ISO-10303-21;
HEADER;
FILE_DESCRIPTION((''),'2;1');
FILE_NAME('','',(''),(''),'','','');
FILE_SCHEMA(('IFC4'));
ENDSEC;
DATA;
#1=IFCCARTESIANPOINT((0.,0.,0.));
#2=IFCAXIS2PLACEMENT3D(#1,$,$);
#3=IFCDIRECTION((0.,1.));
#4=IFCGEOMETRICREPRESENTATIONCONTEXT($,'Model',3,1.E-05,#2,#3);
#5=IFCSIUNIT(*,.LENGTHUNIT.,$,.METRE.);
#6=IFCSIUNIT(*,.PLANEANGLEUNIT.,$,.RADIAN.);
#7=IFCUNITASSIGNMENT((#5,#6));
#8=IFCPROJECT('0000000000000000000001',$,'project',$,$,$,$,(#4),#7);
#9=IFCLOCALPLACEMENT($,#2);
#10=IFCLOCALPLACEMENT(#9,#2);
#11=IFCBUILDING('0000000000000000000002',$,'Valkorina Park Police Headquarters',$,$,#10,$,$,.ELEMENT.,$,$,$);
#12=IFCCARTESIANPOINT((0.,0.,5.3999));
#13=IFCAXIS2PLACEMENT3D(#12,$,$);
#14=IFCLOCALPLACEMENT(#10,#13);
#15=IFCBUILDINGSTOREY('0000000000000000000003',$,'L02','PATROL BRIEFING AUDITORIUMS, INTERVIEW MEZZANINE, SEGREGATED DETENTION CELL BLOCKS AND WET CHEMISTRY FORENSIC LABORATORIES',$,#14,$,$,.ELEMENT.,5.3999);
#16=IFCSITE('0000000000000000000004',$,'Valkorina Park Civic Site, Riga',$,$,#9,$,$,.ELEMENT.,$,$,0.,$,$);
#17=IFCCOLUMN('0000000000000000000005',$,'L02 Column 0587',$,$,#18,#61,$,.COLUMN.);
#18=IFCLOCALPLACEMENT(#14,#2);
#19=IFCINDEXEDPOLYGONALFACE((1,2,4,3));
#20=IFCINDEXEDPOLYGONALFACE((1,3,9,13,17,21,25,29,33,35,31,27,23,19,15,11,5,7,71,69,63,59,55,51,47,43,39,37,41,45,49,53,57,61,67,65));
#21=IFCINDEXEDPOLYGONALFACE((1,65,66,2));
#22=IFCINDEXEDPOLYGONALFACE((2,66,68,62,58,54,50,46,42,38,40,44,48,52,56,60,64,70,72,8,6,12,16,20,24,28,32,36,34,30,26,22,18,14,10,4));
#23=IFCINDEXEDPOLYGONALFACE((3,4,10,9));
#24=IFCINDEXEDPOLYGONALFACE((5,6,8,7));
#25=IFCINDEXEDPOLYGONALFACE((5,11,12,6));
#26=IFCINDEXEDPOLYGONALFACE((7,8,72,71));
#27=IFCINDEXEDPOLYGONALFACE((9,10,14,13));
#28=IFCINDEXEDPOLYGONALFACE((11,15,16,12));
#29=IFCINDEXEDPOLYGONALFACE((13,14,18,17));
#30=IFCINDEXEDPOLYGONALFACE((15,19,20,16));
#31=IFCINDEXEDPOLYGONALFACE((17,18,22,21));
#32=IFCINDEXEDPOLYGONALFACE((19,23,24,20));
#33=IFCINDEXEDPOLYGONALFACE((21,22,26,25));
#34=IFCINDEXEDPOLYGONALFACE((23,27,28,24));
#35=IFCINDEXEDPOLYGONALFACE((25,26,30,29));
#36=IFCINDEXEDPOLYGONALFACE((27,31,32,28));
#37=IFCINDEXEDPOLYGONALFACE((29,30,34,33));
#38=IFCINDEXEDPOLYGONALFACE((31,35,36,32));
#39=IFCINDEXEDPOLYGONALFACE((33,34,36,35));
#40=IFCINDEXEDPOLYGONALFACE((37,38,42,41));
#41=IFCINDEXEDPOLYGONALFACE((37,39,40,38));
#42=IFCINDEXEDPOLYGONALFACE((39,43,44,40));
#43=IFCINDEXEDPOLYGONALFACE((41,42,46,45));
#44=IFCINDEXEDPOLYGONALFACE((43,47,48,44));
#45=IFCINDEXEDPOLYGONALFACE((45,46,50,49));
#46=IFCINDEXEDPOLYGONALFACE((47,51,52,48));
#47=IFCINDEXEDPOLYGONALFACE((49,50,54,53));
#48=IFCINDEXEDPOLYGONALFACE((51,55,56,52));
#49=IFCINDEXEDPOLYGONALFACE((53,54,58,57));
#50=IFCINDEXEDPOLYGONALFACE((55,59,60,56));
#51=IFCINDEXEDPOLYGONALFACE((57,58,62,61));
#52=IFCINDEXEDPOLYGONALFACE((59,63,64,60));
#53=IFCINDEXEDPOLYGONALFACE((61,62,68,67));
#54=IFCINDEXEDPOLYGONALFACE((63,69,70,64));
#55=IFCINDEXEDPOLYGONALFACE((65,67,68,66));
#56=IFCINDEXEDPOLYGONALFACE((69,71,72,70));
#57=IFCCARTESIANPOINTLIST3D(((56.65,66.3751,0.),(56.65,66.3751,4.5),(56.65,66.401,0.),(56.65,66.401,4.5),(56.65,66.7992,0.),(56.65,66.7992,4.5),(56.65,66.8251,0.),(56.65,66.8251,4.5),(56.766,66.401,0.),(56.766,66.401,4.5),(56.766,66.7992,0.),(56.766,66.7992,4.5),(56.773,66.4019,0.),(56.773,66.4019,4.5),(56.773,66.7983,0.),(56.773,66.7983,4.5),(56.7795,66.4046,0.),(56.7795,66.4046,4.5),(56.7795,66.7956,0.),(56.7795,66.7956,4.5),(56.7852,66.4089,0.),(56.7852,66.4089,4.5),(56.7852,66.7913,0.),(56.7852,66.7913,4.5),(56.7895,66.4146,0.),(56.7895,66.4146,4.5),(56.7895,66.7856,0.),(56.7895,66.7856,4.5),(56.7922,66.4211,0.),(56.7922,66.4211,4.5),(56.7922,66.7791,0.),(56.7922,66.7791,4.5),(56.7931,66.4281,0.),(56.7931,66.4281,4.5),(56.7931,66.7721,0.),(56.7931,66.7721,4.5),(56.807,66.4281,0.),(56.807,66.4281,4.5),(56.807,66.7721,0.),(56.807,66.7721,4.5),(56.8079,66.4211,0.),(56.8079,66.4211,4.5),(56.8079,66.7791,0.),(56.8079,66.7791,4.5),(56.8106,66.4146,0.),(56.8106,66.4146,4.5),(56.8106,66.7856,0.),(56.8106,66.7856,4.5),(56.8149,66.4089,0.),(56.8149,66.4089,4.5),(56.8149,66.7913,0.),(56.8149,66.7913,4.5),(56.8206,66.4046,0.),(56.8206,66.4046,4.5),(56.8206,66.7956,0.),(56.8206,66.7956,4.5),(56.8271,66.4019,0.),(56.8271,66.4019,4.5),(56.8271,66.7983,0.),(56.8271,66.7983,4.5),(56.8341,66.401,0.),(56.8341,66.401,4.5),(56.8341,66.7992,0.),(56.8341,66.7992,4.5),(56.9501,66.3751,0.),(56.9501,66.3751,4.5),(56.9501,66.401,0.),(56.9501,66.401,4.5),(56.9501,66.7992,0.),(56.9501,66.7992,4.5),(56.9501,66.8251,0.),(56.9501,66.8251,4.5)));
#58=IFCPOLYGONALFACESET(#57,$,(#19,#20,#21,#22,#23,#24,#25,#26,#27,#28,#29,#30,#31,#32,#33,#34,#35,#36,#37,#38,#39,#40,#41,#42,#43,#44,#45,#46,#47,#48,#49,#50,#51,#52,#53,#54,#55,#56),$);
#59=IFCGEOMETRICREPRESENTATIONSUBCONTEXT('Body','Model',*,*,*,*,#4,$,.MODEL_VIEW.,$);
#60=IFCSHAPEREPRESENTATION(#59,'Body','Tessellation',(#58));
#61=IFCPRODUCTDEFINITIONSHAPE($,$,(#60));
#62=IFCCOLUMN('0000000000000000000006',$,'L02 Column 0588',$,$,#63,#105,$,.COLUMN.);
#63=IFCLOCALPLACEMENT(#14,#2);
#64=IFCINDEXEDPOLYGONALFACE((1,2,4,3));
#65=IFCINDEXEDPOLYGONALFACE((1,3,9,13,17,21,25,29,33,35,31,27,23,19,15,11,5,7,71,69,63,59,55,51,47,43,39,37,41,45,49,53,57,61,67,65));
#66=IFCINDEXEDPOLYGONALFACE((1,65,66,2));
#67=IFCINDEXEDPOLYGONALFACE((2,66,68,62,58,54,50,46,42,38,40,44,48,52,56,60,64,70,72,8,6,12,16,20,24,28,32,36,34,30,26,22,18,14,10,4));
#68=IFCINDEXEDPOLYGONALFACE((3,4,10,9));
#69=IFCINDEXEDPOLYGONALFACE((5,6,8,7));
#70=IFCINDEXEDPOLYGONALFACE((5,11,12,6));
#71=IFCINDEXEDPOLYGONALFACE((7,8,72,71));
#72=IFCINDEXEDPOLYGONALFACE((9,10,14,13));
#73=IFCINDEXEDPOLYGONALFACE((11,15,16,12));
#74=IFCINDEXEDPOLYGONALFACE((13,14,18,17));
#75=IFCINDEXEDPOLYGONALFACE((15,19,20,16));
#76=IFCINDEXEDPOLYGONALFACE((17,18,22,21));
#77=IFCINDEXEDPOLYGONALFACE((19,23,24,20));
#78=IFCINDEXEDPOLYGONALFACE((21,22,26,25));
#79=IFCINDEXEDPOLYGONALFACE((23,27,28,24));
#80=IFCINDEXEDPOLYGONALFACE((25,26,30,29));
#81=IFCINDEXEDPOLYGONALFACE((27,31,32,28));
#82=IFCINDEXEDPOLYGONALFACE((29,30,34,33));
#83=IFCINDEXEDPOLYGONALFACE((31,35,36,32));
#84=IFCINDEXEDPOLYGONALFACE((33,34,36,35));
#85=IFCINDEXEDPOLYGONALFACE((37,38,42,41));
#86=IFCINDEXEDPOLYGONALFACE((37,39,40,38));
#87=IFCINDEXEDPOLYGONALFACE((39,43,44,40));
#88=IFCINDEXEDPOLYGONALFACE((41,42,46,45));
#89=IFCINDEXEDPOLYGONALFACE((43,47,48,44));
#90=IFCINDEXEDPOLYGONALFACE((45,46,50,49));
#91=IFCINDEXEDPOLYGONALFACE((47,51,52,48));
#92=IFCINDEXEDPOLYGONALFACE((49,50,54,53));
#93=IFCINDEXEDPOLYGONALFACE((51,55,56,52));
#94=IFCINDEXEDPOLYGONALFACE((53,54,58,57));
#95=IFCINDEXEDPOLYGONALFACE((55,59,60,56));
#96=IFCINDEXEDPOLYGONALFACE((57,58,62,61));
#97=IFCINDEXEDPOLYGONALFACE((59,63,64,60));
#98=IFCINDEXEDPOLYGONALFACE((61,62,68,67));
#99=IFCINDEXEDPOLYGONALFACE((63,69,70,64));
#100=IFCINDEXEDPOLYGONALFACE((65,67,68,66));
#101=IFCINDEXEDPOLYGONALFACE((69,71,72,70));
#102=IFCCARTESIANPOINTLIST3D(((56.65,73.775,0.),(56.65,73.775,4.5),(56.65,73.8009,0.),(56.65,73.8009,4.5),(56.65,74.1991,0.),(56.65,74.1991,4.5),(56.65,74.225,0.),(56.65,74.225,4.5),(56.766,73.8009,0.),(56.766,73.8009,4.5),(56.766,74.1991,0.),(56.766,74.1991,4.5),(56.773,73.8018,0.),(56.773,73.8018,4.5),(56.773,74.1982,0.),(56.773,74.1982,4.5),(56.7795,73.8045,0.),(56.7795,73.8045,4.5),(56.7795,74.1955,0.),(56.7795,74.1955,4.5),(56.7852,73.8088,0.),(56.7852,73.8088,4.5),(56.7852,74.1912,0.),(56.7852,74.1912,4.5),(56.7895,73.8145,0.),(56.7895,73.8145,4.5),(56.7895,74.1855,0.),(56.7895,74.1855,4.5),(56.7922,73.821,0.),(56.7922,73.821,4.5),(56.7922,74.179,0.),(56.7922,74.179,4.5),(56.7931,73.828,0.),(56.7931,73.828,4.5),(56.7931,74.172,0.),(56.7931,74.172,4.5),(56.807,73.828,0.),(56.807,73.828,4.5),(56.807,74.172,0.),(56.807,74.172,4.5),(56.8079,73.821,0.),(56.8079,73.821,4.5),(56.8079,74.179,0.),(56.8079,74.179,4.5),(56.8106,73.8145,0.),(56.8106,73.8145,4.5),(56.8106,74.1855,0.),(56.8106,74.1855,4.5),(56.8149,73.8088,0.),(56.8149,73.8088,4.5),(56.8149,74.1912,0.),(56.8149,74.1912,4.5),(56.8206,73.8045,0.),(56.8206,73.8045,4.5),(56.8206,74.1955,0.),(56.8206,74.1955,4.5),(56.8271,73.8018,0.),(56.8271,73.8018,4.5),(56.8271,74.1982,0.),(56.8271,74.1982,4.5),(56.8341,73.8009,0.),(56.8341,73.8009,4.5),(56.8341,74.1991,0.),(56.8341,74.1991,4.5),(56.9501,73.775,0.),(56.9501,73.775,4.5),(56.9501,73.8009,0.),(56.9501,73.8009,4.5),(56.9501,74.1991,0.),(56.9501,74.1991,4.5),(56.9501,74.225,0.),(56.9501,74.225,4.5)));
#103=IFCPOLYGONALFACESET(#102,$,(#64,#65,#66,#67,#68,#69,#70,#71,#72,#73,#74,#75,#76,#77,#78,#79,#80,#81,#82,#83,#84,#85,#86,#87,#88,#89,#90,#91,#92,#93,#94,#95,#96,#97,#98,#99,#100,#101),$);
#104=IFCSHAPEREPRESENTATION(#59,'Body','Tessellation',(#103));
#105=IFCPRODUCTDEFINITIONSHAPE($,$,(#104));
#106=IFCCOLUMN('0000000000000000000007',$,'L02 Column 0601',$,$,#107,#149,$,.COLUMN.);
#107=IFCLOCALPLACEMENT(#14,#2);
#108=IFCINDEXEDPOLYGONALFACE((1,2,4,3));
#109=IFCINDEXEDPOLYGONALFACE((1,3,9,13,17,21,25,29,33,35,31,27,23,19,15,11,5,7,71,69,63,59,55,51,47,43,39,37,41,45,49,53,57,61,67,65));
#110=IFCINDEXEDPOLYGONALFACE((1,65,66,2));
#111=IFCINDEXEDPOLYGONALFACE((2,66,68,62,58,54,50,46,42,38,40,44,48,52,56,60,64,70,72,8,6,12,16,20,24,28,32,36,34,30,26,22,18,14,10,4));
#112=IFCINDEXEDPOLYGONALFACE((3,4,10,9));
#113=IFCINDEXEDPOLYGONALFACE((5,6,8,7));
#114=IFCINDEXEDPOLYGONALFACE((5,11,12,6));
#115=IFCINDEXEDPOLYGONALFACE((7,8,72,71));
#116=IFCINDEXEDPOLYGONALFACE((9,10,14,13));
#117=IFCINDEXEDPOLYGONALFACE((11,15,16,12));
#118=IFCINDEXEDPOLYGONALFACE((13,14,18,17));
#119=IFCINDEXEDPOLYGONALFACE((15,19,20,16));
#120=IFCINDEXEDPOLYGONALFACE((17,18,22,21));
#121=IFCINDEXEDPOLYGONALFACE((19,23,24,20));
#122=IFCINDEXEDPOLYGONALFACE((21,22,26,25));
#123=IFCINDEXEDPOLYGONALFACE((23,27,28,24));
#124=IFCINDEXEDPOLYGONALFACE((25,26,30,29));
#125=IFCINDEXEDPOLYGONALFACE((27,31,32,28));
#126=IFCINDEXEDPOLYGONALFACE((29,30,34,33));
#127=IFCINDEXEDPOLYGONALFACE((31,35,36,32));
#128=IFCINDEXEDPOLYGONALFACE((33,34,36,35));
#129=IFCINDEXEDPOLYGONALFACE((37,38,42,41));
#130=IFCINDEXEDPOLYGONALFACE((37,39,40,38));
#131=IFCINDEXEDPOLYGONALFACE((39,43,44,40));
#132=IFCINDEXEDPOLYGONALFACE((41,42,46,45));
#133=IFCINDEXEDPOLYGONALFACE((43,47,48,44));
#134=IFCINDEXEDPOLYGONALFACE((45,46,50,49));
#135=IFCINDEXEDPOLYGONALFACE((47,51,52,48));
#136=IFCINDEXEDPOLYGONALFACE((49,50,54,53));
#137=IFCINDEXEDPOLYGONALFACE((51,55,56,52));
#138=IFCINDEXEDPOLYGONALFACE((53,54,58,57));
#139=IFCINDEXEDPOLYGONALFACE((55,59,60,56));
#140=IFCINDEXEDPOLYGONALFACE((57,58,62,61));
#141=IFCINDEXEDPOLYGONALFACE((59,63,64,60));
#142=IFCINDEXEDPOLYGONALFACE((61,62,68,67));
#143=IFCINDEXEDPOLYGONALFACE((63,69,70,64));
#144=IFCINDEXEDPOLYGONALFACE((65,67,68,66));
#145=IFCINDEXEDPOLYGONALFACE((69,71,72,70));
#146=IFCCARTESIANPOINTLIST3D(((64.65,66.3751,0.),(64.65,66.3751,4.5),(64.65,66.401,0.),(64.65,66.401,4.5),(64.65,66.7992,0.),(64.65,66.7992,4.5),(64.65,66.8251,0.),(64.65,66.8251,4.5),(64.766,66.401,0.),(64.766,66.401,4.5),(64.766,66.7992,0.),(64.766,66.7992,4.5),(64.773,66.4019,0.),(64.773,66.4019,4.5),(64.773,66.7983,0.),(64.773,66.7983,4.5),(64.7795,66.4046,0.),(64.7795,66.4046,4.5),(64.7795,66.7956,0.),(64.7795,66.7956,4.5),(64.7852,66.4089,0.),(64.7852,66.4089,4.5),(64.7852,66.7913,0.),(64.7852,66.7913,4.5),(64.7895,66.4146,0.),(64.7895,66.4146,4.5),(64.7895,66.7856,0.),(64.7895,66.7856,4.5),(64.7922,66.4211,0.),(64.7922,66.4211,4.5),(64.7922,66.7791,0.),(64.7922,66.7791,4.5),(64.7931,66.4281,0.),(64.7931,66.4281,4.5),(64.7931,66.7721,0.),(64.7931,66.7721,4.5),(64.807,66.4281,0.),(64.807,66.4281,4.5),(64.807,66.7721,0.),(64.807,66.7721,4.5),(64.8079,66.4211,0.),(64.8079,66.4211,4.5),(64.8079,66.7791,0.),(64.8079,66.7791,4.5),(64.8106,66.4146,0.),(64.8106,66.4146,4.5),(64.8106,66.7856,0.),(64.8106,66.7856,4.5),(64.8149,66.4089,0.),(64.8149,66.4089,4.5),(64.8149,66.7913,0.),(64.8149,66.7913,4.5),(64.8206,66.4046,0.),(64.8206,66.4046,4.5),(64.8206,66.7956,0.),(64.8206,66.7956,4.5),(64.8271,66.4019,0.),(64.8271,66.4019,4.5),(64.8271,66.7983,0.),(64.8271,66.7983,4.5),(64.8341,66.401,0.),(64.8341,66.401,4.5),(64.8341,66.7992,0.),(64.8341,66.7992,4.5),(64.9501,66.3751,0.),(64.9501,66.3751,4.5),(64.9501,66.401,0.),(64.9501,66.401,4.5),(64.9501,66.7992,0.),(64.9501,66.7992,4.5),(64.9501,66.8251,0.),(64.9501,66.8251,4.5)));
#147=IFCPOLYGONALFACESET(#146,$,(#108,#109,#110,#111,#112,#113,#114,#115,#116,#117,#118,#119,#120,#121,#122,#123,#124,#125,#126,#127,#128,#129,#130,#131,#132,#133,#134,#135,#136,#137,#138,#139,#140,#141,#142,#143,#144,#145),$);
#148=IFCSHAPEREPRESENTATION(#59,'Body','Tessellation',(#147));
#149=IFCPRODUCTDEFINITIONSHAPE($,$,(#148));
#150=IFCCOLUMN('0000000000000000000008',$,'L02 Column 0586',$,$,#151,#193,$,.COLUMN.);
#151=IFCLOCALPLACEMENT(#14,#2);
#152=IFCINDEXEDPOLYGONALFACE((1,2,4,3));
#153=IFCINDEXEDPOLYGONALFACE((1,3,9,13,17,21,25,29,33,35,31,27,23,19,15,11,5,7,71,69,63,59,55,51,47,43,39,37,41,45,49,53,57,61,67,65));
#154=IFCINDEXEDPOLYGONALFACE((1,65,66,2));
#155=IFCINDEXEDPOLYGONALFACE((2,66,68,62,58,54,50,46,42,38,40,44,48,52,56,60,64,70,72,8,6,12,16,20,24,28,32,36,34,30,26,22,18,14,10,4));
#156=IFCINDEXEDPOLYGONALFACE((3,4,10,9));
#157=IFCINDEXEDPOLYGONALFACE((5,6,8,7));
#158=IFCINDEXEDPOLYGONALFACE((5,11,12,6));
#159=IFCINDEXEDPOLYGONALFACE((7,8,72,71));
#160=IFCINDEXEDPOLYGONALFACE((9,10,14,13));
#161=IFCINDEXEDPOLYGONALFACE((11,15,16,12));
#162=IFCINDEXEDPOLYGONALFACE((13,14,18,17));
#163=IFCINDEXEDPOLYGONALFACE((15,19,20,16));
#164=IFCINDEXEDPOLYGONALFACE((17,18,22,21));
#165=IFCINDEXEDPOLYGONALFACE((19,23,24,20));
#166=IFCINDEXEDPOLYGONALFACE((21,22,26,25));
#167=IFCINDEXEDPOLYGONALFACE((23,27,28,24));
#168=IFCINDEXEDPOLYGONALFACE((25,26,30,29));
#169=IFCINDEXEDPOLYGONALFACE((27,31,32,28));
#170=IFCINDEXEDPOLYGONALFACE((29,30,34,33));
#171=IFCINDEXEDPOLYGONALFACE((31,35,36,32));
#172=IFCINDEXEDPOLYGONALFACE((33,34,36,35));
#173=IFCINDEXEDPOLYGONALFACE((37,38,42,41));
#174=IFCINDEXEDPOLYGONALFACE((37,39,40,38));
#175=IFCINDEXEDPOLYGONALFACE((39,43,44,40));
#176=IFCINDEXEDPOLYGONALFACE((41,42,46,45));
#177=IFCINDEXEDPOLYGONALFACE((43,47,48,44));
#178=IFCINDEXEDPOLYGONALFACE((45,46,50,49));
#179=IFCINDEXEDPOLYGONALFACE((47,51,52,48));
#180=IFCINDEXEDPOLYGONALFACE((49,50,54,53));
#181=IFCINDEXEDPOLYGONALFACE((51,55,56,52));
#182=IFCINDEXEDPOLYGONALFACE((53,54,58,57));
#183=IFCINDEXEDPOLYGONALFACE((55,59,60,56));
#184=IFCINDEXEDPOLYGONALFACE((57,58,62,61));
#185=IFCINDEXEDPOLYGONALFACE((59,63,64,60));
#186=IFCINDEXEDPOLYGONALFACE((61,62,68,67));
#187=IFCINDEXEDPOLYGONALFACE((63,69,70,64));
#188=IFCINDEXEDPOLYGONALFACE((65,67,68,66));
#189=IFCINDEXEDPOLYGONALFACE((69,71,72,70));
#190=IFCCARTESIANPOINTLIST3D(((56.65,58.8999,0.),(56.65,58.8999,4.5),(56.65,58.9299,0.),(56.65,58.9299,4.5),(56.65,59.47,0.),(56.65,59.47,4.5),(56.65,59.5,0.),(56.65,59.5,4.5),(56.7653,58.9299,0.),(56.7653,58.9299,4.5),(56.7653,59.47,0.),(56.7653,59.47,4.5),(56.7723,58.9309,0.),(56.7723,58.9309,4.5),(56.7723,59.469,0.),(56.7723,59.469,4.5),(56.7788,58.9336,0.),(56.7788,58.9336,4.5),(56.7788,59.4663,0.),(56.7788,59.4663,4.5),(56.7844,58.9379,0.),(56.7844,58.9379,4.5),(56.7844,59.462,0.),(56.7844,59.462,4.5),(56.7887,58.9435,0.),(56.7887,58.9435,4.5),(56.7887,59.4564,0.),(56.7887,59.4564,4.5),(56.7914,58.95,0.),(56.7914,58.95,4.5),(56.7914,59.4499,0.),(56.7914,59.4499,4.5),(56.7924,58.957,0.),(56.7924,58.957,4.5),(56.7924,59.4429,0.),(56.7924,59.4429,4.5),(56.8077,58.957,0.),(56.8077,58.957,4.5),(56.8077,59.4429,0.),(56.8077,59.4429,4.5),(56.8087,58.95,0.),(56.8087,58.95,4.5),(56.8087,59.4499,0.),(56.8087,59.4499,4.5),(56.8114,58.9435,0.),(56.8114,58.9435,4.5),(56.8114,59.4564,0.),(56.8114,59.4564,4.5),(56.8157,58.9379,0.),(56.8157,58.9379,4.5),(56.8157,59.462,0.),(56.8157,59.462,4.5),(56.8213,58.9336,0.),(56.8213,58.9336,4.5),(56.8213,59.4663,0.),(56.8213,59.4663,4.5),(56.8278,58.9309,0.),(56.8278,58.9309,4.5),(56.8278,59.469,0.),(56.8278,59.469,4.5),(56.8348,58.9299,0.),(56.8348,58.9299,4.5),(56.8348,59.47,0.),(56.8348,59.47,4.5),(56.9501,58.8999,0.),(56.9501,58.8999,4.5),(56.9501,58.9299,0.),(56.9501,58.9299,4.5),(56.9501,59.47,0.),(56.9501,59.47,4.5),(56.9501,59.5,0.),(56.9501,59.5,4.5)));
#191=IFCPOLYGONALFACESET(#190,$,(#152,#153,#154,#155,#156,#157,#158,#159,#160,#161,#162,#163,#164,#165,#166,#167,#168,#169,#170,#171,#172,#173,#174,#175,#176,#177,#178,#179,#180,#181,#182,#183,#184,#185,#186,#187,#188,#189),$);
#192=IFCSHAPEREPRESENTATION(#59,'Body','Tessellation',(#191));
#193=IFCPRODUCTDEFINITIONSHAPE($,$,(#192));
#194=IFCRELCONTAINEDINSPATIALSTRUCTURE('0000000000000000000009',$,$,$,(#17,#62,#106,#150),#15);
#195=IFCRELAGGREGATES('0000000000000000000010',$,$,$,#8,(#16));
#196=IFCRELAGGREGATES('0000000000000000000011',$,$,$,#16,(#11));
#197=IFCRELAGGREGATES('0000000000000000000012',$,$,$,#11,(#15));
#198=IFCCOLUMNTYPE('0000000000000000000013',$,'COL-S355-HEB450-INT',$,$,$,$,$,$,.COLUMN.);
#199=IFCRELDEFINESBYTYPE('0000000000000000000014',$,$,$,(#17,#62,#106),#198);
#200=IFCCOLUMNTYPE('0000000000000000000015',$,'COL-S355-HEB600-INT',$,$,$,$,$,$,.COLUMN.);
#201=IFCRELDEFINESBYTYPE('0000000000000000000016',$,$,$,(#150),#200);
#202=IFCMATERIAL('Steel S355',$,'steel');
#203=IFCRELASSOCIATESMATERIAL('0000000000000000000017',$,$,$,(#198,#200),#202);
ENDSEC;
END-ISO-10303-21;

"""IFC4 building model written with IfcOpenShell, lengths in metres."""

from ifc_helpers import new_model, si_unit, direction, frame, origin, origin_2d, place, context, subcontext, project, spatial, i_section, extrude, material, material_profile, profile_set, type_object, element, save


model = new_model("IFC4")

# Units and contexts
model_context = context("Model", 3, precision=1e-05, world=origin(), true_north=direction((0.0, 1.0)))
body_context = subcontext(model_context, "Body", "Model", "MODEL_VIEW")
ifc_project = project(units=[si_unit("LENGTHUNIT", "METRE"), si_unit("PLANEANGLEUNIT", "RADIAN")], contexts=[model_context])

# Site, building, storey
site_placement = place(None, origin())
site = spatial("IfcSite", under=ifc_project, at=site_placement, Name="Valkorina Park Civic Site, Riga", CompositionType="ELEMENT", RefElevation=0.0)
building_placement = place(site_placement, origin())
building = spatial("IfcBuilding", under=site, at=building_placement, Name="Valkorina Park Police Headquarters", CompositionType="ELEMENT")
storey_placement = place(building_placement, frame((0.0, 0.0, 5.3999)))
storey = spatial("IfcBuildingStorey", under=building, at=storey_placement, Name="L02", Description="PATROL BRIEFING AUDITORIUMS, INTERVIEW MEZZANINE, SEGREGATED DETENTION CELL BLOCKS AND WET CHEMISTRY FORENSIC LABORATORIES", CompositionType="ELEMENT", Elevation=5.3999)

# Columns
ifc_material_1 = material(Name="Steel S355", Category="steel")
ifc_material_profile_1 = material_profile(ifc_material_1, i_section(OverallWidth=0.3, OverallDepth=0.45, WebThickness=0.0139, FlangeThickness=0.0259, FilletRadius=0.0271, at=origin_2d()), Name="HEB 450")
ifc_profile_set_1 = profile_set([ifc_material_profile_1], Name="Steel S355")
column_type_1 = type_object("IfcColumnType", Name="COL-S355-HEB450-INT", PredefinedType="COLUMN", material=ifc_profile_set_1)
for number, where, z_axis, x_axis, name in (
    (1, (56.8, 66.6001, 0.0), (0.0, 0.0, 1.0), (1.0, 0.0, 0.0), "L02 Column 0587"),
    (2, (56.8, 74.0, 0.0), (0.0, 0.0, 1.0), (1.0, 0.0, 0.0), "L02 Column 0588"),
    (3, (64.8, 66.6001, 0.0), (0.0, 0.0, 1.0), (1.0, 0.0, 0.0), "L02 Column 0601"),
):
    element("IfcColumn", number, at=place(storey_placement, frame(where, z_axis=z_axis, x_axis=x_axis)), inside=storey, type_object=column_type_1, Name=name, PredefinedType="COLUMN", context=body_context, shape_type="SweptSolid", body=[
        extrude(i_section(OverallWidth=0.3, OverallDepth=0.45, WebThickness=0.0139, FlangeThickness=0.0259, FilletRadius=0.0271, at=origin_2d()), origin(), (0.0, 0.0, 1.0), 4.5),
    ])
ifc_material_profile_2 = material_profile(ifc_material_1, i_section(OverallWidth=0.3, OverallDepth=0.6001, WebThickness=0.0154, FlangeThickness=0.03, FilletRadius=0.0271, at=origin_2d()), Name="HEB 600")
ifc_profile_set_2 = profile_set([ifc_material_profile_2], Name="Steel S355")
column_type_2 = type_object("IfcColumnType", Name="COL-S355-HEB600-INT", PredefinedType="COLUMN", material=ifc_profile_set_2)
for number, where, z_axis, x_axis, name in (
    (4, (56.8, 59.2, 0.0), (0.0, 0.0, 1.0), (1.0, 0.0, 0.0), "L02 Column 0586"),
):
    element("IfcColumn", number, at=place(storey_placement, frame(where, z_axis=z_axis, x_axis=x_axis)), inside=storey, type_object=column_type_2, Name=name, PredefinedType="COLUMN", context=body_context, shape_type="SweptSolid", body=[
        extrude(i_section(OverallWidth=0.3, OverallDepth=0.6001, WebThickness=0.0154, FlangeThickness=0.03, FilletRadius=0.0271, at=origin_2d()), origin(), (0.0, 0.0, 1.0), 4.5),
    ])

save(model, "model.ifc")
